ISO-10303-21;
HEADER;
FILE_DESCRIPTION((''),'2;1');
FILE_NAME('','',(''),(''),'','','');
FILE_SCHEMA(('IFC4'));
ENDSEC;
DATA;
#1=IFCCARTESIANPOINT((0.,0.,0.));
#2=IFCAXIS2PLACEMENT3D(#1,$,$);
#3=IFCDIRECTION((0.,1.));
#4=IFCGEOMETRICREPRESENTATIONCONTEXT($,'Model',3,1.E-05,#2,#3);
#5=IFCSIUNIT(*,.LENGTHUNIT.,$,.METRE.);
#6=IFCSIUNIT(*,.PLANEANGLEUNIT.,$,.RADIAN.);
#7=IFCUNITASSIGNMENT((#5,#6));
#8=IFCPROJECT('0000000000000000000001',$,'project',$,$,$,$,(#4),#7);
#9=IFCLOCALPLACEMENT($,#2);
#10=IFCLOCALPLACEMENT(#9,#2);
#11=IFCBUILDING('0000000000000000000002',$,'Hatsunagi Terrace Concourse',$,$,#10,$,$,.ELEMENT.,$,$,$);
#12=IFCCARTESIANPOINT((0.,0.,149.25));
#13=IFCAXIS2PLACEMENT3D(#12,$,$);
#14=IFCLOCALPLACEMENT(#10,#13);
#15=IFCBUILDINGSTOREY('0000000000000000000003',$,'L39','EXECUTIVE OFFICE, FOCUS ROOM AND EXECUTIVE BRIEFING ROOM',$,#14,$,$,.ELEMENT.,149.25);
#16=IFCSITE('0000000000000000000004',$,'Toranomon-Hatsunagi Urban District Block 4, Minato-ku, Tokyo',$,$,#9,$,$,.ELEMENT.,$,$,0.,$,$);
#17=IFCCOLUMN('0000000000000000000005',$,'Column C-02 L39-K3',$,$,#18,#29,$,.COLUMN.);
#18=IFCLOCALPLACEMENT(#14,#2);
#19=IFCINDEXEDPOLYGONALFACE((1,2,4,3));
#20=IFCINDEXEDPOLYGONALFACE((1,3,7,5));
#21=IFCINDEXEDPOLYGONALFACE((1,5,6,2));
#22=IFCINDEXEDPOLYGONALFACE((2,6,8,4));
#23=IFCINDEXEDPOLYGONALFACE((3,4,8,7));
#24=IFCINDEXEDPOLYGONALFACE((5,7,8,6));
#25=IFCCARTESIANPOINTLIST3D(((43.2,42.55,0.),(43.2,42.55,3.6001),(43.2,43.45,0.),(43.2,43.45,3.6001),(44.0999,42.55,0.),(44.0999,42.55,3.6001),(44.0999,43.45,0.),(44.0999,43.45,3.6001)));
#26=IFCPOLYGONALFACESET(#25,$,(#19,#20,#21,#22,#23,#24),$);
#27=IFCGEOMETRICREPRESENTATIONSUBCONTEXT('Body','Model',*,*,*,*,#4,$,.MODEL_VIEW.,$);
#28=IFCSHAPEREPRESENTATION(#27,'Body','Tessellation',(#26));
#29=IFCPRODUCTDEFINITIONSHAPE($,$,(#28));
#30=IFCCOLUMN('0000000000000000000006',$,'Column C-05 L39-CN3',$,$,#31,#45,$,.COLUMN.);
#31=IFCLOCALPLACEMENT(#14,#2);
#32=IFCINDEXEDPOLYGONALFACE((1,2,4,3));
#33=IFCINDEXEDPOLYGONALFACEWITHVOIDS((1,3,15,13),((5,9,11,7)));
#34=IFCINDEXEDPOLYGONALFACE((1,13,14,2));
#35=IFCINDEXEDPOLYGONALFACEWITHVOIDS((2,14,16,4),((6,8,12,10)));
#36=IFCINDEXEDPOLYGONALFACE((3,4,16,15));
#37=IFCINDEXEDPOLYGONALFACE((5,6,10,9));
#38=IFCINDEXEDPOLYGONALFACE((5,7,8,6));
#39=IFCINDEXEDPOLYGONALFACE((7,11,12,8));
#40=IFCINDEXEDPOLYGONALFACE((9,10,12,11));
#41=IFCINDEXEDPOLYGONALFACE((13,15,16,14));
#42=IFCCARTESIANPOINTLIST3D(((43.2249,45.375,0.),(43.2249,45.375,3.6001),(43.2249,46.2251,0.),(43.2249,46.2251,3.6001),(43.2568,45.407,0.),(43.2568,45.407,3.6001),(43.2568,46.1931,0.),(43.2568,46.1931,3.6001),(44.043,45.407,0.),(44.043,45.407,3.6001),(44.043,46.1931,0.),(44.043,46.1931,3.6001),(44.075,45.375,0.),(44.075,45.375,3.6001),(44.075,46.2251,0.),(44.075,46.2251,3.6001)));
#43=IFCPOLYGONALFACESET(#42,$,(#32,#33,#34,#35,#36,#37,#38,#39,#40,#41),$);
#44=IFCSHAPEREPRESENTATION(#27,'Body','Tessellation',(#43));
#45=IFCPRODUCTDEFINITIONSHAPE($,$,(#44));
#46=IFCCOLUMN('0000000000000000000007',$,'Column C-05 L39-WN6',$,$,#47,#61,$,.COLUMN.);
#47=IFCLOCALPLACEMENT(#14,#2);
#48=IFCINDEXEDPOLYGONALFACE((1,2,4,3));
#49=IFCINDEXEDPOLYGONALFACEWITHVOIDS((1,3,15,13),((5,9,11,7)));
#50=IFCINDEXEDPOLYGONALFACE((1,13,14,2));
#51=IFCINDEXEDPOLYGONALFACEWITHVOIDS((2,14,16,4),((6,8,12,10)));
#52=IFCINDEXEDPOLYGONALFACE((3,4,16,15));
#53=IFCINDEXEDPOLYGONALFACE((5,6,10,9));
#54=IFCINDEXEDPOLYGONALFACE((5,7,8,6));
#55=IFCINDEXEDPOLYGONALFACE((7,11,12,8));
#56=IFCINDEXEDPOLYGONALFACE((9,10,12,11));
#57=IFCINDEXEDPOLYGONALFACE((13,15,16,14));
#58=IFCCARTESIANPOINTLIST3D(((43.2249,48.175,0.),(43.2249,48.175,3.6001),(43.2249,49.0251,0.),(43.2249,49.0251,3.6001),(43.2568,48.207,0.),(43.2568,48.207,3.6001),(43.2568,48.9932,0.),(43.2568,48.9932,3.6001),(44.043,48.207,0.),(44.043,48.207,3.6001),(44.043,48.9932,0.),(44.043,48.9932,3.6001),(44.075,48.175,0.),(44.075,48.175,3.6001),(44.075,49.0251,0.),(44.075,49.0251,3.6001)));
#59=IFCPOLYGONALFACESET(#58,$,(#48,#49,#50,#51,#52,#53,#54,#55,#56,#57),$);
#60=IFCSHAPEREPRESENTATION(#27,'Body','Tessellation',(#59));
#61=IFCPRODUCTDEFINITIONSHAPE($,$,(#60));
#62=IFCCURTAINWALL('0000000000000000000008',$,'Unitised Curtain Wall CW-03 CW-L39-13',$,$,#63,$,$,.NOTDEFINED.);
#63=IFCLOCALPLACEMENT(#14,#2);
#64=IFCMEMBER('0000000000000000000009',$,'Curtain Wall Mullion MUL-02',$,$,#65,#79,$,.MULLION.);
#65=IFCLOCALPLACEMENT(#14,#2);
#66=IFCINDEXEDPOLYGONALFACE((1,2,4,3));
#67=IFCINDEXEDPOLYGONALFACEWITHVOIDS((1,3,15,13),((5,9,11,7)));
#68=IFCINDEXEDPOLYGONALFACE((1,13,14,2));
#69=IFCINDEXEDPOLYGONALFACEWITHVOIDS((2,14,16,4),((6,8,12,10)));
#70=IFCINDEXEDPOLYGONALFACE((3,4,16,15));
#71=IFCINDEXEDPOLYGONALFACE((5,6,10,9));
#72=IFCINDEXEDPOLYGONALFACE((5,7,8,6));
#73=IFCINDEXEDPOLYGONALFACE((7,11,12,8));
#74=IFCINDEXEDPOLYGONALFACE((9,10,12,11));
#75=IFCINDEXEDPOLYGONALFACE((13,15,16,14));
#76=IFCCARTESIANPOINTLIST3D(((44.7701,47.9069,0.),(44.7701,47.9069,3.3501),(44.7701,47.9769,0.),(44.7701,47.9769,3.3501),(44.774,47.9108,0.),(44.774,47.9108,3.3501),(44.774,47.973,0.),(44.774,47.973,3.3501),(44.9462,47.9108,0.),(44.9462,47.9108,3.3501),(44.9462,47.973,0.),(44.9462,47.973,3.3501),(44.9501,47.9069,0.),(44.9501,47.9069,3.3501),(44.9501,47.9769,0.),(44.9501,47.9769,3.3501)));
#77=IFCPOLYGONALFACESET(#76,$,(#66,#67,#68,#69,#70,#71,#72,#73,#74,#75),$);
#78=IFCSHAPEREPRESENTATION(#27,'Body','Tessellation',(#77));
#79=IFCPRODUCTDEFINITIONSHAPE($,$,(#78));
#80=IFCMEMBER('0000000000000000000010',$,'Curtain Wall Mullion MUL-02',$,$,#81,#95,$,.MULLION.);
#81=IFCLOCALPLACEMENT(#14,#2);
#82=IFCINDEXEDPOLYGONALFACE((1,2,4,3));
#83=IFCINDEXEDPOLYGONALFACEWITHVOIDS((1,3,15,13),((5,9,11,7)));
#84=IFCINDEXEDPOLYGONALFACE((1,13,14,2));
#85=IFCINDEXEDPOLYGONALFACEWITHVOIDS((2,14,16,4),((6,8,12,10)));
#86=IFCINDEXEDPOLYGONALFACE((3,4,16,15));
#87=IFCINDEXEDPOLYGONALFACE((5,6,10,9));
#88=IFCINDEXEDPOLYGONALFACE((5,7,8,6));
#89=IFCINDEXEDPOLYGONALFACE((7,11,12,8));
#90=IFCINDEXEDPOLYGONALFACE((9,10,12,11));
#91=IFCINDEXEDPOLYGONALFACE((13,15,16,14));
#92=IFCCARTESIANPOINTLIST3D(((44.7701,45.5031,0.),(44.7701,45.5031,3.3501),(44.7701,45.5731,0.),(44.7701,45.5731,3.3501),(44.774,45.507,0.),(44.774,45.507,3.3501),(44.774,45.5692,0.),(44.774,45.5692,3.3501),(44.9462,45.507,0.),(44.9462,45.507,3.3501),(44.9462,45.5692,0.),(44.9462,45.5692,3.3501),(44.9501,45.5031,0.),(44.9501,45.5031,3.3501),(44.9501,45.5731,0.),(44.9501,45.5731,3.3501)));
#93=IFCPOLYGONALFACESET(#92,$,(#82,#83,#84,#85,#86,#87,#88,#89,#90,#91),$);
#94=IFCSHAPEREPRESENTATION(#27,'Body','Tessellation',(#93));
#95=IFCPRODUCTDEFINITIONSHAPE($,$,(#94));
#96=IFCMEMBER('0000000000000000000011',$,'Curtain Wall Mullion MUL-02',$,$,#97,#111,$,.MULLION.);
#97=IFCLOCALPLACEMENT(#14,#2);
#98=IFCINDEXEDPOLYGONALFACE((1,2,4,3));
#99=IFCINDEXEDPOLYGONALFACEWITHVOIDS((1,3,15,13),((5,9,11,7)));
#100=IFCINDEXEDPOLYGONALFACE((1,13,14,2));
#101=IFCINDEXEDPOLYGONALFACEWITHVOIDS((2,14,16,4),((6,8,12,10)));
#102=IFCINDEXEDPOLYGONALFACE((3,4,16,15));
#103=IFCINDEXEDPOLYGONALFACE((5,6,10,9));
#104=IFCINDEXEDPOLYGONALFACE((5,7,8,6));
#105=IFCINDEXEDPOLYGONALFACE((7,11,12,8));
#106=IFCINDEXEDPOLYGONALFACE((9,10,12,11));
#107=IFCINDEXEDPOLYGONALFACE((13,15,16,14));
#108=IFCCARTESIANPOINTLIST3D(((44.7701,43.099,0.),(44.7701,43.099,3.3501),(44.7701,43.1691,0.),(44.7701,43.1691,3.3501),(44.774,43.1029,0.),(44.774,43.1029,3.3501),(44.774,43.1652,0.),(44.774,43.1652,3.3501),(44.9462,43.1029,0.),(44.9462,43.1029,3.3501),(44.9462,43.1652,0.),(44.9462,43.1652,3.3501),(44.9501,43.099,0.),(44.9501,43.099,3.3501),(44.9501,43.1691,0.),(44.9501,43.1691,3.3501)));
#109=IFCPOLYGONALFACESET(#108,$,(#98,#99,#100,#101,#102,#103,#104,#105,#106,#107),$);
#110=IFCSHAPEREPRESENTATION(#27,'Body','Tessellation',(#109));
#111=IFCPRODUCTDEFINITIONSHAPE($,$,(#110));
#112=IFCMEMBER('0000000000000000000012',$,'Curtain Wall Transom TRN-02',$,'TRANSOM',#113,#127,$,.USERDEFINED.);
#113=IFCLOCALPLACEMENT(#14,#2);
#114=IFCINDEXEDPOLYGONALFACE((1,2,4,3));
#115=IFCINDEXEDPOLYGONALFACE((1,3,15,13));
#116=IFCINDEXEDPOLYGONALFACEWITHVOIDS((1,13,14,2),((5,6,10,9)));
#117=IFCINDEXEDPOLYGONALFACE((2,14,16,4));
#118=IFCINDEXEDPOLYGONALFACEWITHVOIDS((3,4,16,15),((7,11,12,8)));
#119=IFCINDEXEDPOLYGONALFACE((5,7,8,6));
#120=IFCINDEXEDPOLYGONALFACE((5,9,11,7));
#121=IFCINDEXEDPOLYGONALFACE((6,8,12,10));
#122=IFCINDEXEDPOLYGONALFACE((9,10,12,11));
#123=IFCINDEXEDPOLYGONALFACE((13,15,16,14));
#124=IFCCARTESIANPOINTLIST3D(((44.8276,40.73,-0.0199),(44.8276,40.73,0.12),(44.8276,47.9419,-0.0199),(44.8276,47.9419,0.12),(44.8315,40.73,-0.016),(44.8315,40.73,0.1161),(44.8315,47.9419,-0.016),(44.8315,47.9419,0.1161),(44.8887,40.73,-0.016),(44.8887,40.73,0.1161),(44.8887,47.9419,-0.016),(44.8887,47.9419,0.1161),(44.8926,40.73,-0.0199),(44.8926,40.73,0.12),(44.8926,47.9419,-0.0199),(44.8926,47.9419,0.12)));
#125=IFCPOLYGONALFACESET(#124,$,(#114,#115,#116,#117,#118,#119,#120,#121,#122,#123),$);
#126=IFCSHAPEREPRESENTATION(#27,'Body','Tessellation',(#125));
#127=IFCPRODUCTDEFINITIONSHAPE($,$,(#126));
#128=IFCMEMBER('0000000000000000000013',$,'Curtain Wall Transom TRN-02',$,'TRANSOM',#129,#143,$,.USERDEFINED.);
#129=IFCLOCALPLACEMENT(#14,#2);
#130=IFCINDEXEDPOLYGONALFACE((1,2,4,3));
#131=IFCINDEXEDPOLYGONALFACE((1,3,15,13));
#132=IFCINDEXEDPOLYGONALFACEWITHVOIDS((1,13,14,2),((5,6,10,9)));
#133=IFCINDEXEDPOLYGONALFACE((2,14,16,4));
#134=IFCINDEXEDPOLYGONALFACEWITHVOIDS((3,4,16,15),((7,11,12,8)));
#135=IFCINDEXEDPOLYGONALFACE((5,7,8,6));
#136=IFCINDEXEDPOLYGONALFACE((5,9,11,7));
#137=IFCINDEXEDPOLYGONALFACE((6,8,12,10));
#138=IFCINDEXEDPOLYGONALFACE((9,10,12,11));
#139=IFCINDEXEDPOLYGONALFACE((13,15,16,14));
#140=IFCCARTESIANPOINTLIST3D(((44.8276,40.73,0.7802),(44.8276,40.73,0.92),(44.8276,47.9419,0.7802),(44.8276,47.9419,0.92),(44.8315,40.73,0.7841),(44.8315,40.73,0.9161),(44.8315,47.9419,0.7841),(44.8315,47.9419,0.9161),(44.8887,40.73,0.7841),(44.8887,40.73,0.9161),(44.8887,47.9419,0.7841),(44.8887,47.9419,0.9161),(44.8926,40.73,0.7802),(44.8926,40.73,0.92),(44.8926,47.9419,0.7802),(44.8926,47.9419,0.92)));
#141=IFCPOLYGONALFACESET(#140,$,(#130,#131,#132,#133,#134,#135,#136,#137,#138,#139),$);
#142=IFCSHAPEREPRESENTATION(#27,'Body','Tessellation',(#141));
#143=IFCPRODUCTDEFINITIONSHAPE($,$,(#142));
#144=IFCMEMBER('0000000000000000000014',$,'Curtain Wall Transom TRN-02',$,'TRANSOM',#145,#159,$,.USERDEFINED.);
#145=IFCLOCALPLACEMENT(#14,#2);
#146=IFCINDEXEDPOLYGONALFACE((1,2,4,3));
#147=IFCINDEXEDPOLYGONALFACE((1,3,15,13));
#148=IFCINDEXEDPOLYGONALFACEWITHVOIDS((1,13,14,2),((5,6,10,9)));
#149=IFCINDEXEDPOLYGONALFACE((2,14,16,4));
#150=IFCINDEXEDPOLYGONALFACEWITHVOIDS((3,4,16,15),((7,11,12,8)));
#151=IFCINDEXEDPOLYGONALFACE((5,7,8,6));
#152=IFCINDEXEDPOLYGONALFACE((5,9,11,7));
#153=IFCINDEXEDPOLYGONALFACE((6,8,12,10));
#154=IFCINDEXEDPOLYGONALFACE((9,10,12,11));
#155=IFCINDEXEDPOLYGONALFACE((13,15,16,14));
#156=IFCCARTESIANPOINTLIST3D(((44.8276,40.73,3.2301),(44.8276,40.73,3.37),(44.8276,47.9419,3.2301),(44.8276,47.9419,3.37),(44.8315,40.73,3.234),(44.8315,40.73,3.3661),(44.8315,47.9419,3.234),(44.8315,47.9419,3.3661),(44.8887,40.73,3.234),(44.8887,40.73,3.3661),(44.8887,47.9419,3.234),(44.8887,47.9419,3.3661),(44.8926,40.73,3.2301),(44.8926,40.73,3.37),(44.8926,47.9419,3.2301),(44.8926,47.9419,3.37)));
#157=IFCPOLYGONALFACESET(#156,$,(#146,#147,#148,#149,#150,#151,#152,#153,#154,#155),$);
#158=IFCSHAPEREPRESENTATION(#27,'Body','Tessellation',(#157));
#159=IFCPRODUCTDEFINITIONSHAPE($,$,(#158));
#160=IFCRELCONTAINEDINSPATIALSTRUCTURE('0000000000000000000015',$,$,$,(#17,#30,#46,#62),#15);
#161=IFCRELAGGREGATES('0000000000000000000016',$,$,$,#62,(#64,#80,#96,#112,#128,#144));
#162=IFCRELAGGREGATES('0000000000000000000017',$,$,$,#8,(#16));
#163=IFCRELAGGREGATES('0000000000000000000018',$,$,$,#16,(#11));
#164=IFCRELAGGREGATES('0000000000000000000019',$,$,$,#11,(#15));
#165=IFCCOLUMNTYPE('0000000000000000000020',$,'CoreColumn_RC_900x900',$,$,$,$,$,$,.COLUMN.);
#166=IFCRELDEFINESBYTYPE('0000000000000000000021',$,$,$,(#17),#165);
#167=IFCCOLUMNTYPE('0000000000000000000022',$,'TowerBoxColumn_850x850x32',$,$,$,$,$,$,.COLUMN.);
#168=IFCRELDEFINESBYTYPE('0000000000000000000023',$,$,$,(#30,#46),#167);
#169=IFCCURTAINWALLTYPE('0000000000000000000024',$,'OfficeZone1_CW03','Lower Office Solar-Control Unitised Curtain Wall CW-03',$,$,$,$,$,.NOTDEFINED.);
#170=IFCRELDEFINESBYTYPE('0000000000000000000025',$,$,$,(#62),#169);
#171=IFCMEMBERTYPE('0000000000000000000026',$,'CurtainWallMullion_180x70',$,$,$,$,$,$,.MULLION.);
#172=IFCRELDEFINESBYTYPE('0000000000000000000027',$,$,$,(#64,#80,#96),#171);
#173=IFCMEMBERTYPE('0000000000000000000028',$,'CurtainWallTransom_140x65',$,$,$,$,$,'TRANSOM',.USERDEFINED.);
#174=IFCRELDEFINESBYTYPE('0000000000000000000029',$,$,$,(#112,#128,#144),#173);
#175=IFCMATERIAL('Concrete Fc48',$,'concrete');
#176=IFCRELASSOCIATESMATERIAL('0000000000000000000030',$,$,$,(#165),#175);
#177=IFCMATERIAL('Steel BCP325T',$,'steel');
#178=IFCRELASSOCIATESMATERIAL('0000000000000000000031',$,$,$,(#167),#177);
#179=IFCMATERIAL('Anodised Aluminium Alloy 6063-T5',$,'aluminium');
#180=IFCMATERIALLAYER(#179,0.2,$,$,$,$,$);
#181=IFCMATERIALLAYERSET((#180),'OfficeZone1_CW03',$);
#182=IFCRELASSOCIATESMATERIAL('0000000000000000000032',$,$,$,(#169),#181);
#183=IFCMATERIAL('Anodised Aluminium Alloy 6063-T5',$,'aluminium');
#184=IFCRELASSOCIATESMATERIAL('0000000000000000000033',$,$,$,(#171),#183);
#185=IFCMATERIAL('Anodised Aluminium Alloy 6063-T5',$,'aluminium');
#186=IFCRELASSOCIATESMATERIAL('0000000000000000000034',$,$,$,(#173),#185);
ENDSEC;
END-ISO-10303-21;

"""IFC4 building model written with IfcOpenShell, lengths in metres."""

from ifc_helpers import new_model, si_unit, direction, frame, origin, origin_2d, place, context, subcontext, project, spatial, rectangle, hollow_rectangle, extrude, material, layer, layer_set, material_profile, profile_set, type_object, element, aggregate, save


model = new_model("IFC4")

# Units and contexts
model_context = context("Model", 3, precision=1e-05, world=origin(), true_north=direction((0.0, 1.0)))
body_context = subcontext(model_context, "Body", "Model", "MODEL_VIEW")
ifc_project = project(units=[si_unit("LENGTHUNIT", "METRE"), si_unit("PLANEANGLEUNIT", "RADIAN")], contexts=[model_context])

# Site, building, storey
site_placement = place(None, origin())
site = spatial("IfcSite", under=ifc_project, at=site_placement, Name="Toranomon-Hatsunagi Urban District Block 4, Minato-ku, Tokyo", CompositionType="ELEMENT", RefElevation=0.0)
building_placement = place(site_placement, origin())
building = spatial("IfcBuilding", under=site, at=building_placement, Name="Hatsunagi Terrace Concourse", CompositionType="ELEMENT")
storey_placement = place(building_placement, frame((0.0, 0.0, 149.25)))
storey = spatial("IfcBuildingStorey", under=building, at=storey_placement, Name="L39", Description="EXECUTIVE OFFICE, FOCUS ROOM AND EXECUTIVE BRIEFING ROOM", CompositionType="ELEMENT", Elevation=149.25)

# Columns
ifc_material_1 = material(Name="Concrete Fc48", Category="concrete")
ifc_material_profile_1 = material_profile(ifc_material_1, rectangle(XDim=0.8999, YDim=0.8999, at=origin_2d()), Name="RC-900x900")
ifc_profile_set_1 = profile_set([ifc_material_profile_1], Name="Concrete Fc48")
column_type_1 = type_object("IfcColumnType", Name="CoreColumn_RC_900x900", PredefinedType="COLUMN", material=ifc_profile_set_1)
column_placement = place(storey_placement, frame((43.6499, 43.0, 0.0), z_axis=(0.0, 0.0, 1.0), x_axis=(1.0, 0.0, 0.0)))
element("IfcColumn", 1, at=column_placement, inside=storey, type_object=column_type_1, Name="Column C-02 L39-K3", PredefinedType="COLUMN", context=body_context, shape_type="SweptSolid", body=[
    extrude(rectangle(XDim=0.8999, YDim=0.8999, at=origin_2d()), origin(), (0.0, 0.0, 1.0), 3.6001),
])
ifc_material_2 = material(Name="Steel BCP325T", Category="steel")
ifc_material_profile_2 = material_profile(ifc_material_2, hollow_rectangle(XDim=0.8501, YDim=0.8501, WallThickness=0.032, at=origin_2d()), Name="BCP-850x850x32")
ifc_profile_set_2 = profile_set([ifc_material_profile_2], Name="Steel BCP325T")
column_type_2 = type_object("IfcColumnType", Name="TowerBoxColumn_850x850x32", PredefinedType="COLUMN", material=ifc_profile_set_2)
for number, where, z_axis, x_axis, name in (
    (2, (43.6499, 45.8, 0.0), (0.0, 0.0, 1.0), (1.0, 0.0, 0.0), "Column C-05 L39-CN3"),
    (3, (43.6499, 48.6001, 0.0), (0.0, 0.0, 1.0), (1.0, 0.0, 0.0), "Column C-05 L39-WN6"),
):
    element("IfcColumn", number, at=place(storey_placement, frame(where, z_axis=z_axis, x_axis=x_axis)), inside=storey, type_object=column_type_2, Name=name, PredefinedType="COLUMN", context=body_context, shape_type="SweptSolid", body=[
        extrude(hollow_rectangle(XDim=0.8501, YDim=0.8501, WallThickness=0.032, at=origin_2d()), origin(), (0.0, 0.0, 1.0), 3.6001),
    ])

# Curtain wall, members
ifc_material_3 = material(Name="Anodised Aluminium Alloy 6063-T5", Category="aluminium")
ifc_layer_1 = layer(ifc_material_3, 0.2)
ifc_layer_set_1 = layer_set([ifc_layer_1], Name="OfficeZone1_CW03")
curtain_wall_type = type_object("IfcCurtainWallType", Name="OfficeZone1_CW03", Description="Lower Office Solar-Control Unitised Curtain Wall CW-03", PredefinedType="NOTDEFINED", material=ifc_layer_set_1)
curtain_wall_placement = place(storey_placement, origin())
curtain_wall = element("IfcCurtainWall", 4, at=curtain_wall_placement, inside=storey, type_object=curtain_wall_type, Name="Unitised Curtain Wall CW-03 CW-L39-13", PredefinedType="NOTDEFINED")
ifc_material_4 = material(Name="Anodised Aluminium Alloy 6063-T5", Category="aluminium")
ifc_material_profile_3 = material_profile(ifc_material_4, hollow_rectangle(XDim=0.0701, YDim=0.1799, WallThickness=0.0039, at=origin_2d()), Name="ALU-MUL-180x70x4")
ifc_profile_set_3 = profile_set([ifc_material_profile_3], Name="Anodised Aluminium Alloy 6063-T5")
member_type_1 = type_object("IfcMemberType", Name="CurtainWallMullion_180x70", PredefinedType="MULLION", material=ifc_profile_set_3)
member_1_placement = place(storey_placement, frame((44.8601, 47.9419, 0.0), z_axis=(0.0, 0.0, 1.0), x_axis=(0.0, -1.0, 0.0)))
member_1 = element("IfcMember", 5, at=member_1_placement, type_object=member_type_1, Name="Curtain Wall Mullion MUL-02", PredefinedType="MULLION", context=body_context, shape_type="SweptSolid", body=[
    extrude(hollow_rectangle(XDim=0.0701, YDim=0.1799, WallThickness=0.0039, at=origin_2d()), origin(), (0.0, 0.0, 1.0), 3.3501),
])
member_2_placement = place(storey_placement, frame((44.8601, 45.5381, 0.0), z_axis=(0.0, 0.0, 1.0), x_axis=(0.0, -1.0, 0.0)))
member_2 = element("IfcMember", 6, at=member_2_placement, type_object=member_type_1, Name="Curtain Wall Mullion MUL-02", PredefinedType="MULLION", context=body_context, shape_type="SweptSolid", body=[
    extrude(hollow_rectangle(XDim=0.0701, YDim=0.1799, WallThickness=0.0039, at=origin_2d()), origin(), (0.0, 0.0, 1.0), 3.3501),
])
member_3_placement = place(storey_placement, frame((44.8601, 43.134, 0.0), z_axis=(0.0, 0.0, 1.0), x_axis=(0.0, -1.0, 0.0)))
member_3 = element("IfcMember", 7, at=member_3_placement, type_object=member_type_1, Name="Curtain Wall Mullion MUL-02", PredefinedType="MULLION", context=body_context, shape_type="SweptSolid", body=[
    extrude(hollow_rectangle(XDim=0.0701, YDim=0.1799, WallThickness=0.0039, at=origin_2d()), origin(), (0.0, 0.0, 1.0), 3.3501),
])
ifc_material_5 = material(Name="Anodised Aluminium Alloy 6063-T5", Category="aluminium")
ifc_material_profile_4 = material_profile(ifc_material_5, hollow_rectangle(XDim=0.0649, YDim=0.1399, WallThickness=0.0039, at=origin_2d()), Name="ALU-TRN-140x65x4")
ifc_profile_set_4 = profile_set([ifc_material_profile_4], Name="Anodised Aluminium Alloy 6063-T5")
member_type_2 = type_object("IfcMemberType", Name="CurtainWallTransom_140x65", ElementType="TRANSOM", PredefinedType="USERDEFINED", material=ifc_profile_set_4)
member_4_placement = place(storey_placement, frame((44.8601, 47.9419, 0.05), z_axis=(0.0, -1.0, 0.0), x_axis=(1.0, 0.0, 0.0)))
member_4 = element("IfcMember", 8, at=member_4_placement, type_object=member_type_2, Name="Curtain Wall Transom TRN-02", ObjectType="TRANSOM", PredefinedType="USERDEFINED", context=body_context, shape_type="SweptSolid", body=[
    extrude(hollow_rectangle(XDim=0.0649, YDim=0.1399, WallThickness=0.0039, at=origin_2d()), origin(), (0.0, 0.0, 1.0), 7.2119),
])
member_5_placement = place(storey_placement, frame((44.8601, 47.9419, 0.8501), z_axis=(0.0, -1.0, 0.0), x_axis=(1.0, 0.0, 0.0)))
member_5 = element("IfcMember", 9, at=member_5_placement, type_object=member_type_2, Name="Curtain Wall Transom TRN-02", ObjectType="TRANSOM", PredefinedType="USERDEFINED", context=body_context, shape_type="SweptSolid", body=[
    extrude(hollow_rectangle(XDim=0.0649, YDim=0.1399, WallThickness=0.0039, at=origin_2d()), origin(), (0.0, 0.0, 1.0), 7.2119),
])
member_6_placement = place(storey_placement, frame((44.8601, 47.9419, 3.3), z_axis=(0.0, -1.0, 0.0), x_axis=(1.0, 0.0, 0.0)))
member_6 = element("IfcMember", 10, at=member_6_placement, type_object=member_type_2, Name="Curtain Wall Transom TRN-02", ObjectType="TRANSOM", PredefinedType="USERDEFINED", context=body_context, shape_type="SweptSolid", body=[
    extrude(hollow_rectangle(XDim=0.0649, YDim=0.1399, WallThickness=0.0039, at=origin_2d()), origin(), (0.0, 0.0, 1.0), 7.2119),
])

aggregate(curtain_wall, [member_1, member_2, member_3, member_4, member_5, member_6])

save(model, "model.ifc")
